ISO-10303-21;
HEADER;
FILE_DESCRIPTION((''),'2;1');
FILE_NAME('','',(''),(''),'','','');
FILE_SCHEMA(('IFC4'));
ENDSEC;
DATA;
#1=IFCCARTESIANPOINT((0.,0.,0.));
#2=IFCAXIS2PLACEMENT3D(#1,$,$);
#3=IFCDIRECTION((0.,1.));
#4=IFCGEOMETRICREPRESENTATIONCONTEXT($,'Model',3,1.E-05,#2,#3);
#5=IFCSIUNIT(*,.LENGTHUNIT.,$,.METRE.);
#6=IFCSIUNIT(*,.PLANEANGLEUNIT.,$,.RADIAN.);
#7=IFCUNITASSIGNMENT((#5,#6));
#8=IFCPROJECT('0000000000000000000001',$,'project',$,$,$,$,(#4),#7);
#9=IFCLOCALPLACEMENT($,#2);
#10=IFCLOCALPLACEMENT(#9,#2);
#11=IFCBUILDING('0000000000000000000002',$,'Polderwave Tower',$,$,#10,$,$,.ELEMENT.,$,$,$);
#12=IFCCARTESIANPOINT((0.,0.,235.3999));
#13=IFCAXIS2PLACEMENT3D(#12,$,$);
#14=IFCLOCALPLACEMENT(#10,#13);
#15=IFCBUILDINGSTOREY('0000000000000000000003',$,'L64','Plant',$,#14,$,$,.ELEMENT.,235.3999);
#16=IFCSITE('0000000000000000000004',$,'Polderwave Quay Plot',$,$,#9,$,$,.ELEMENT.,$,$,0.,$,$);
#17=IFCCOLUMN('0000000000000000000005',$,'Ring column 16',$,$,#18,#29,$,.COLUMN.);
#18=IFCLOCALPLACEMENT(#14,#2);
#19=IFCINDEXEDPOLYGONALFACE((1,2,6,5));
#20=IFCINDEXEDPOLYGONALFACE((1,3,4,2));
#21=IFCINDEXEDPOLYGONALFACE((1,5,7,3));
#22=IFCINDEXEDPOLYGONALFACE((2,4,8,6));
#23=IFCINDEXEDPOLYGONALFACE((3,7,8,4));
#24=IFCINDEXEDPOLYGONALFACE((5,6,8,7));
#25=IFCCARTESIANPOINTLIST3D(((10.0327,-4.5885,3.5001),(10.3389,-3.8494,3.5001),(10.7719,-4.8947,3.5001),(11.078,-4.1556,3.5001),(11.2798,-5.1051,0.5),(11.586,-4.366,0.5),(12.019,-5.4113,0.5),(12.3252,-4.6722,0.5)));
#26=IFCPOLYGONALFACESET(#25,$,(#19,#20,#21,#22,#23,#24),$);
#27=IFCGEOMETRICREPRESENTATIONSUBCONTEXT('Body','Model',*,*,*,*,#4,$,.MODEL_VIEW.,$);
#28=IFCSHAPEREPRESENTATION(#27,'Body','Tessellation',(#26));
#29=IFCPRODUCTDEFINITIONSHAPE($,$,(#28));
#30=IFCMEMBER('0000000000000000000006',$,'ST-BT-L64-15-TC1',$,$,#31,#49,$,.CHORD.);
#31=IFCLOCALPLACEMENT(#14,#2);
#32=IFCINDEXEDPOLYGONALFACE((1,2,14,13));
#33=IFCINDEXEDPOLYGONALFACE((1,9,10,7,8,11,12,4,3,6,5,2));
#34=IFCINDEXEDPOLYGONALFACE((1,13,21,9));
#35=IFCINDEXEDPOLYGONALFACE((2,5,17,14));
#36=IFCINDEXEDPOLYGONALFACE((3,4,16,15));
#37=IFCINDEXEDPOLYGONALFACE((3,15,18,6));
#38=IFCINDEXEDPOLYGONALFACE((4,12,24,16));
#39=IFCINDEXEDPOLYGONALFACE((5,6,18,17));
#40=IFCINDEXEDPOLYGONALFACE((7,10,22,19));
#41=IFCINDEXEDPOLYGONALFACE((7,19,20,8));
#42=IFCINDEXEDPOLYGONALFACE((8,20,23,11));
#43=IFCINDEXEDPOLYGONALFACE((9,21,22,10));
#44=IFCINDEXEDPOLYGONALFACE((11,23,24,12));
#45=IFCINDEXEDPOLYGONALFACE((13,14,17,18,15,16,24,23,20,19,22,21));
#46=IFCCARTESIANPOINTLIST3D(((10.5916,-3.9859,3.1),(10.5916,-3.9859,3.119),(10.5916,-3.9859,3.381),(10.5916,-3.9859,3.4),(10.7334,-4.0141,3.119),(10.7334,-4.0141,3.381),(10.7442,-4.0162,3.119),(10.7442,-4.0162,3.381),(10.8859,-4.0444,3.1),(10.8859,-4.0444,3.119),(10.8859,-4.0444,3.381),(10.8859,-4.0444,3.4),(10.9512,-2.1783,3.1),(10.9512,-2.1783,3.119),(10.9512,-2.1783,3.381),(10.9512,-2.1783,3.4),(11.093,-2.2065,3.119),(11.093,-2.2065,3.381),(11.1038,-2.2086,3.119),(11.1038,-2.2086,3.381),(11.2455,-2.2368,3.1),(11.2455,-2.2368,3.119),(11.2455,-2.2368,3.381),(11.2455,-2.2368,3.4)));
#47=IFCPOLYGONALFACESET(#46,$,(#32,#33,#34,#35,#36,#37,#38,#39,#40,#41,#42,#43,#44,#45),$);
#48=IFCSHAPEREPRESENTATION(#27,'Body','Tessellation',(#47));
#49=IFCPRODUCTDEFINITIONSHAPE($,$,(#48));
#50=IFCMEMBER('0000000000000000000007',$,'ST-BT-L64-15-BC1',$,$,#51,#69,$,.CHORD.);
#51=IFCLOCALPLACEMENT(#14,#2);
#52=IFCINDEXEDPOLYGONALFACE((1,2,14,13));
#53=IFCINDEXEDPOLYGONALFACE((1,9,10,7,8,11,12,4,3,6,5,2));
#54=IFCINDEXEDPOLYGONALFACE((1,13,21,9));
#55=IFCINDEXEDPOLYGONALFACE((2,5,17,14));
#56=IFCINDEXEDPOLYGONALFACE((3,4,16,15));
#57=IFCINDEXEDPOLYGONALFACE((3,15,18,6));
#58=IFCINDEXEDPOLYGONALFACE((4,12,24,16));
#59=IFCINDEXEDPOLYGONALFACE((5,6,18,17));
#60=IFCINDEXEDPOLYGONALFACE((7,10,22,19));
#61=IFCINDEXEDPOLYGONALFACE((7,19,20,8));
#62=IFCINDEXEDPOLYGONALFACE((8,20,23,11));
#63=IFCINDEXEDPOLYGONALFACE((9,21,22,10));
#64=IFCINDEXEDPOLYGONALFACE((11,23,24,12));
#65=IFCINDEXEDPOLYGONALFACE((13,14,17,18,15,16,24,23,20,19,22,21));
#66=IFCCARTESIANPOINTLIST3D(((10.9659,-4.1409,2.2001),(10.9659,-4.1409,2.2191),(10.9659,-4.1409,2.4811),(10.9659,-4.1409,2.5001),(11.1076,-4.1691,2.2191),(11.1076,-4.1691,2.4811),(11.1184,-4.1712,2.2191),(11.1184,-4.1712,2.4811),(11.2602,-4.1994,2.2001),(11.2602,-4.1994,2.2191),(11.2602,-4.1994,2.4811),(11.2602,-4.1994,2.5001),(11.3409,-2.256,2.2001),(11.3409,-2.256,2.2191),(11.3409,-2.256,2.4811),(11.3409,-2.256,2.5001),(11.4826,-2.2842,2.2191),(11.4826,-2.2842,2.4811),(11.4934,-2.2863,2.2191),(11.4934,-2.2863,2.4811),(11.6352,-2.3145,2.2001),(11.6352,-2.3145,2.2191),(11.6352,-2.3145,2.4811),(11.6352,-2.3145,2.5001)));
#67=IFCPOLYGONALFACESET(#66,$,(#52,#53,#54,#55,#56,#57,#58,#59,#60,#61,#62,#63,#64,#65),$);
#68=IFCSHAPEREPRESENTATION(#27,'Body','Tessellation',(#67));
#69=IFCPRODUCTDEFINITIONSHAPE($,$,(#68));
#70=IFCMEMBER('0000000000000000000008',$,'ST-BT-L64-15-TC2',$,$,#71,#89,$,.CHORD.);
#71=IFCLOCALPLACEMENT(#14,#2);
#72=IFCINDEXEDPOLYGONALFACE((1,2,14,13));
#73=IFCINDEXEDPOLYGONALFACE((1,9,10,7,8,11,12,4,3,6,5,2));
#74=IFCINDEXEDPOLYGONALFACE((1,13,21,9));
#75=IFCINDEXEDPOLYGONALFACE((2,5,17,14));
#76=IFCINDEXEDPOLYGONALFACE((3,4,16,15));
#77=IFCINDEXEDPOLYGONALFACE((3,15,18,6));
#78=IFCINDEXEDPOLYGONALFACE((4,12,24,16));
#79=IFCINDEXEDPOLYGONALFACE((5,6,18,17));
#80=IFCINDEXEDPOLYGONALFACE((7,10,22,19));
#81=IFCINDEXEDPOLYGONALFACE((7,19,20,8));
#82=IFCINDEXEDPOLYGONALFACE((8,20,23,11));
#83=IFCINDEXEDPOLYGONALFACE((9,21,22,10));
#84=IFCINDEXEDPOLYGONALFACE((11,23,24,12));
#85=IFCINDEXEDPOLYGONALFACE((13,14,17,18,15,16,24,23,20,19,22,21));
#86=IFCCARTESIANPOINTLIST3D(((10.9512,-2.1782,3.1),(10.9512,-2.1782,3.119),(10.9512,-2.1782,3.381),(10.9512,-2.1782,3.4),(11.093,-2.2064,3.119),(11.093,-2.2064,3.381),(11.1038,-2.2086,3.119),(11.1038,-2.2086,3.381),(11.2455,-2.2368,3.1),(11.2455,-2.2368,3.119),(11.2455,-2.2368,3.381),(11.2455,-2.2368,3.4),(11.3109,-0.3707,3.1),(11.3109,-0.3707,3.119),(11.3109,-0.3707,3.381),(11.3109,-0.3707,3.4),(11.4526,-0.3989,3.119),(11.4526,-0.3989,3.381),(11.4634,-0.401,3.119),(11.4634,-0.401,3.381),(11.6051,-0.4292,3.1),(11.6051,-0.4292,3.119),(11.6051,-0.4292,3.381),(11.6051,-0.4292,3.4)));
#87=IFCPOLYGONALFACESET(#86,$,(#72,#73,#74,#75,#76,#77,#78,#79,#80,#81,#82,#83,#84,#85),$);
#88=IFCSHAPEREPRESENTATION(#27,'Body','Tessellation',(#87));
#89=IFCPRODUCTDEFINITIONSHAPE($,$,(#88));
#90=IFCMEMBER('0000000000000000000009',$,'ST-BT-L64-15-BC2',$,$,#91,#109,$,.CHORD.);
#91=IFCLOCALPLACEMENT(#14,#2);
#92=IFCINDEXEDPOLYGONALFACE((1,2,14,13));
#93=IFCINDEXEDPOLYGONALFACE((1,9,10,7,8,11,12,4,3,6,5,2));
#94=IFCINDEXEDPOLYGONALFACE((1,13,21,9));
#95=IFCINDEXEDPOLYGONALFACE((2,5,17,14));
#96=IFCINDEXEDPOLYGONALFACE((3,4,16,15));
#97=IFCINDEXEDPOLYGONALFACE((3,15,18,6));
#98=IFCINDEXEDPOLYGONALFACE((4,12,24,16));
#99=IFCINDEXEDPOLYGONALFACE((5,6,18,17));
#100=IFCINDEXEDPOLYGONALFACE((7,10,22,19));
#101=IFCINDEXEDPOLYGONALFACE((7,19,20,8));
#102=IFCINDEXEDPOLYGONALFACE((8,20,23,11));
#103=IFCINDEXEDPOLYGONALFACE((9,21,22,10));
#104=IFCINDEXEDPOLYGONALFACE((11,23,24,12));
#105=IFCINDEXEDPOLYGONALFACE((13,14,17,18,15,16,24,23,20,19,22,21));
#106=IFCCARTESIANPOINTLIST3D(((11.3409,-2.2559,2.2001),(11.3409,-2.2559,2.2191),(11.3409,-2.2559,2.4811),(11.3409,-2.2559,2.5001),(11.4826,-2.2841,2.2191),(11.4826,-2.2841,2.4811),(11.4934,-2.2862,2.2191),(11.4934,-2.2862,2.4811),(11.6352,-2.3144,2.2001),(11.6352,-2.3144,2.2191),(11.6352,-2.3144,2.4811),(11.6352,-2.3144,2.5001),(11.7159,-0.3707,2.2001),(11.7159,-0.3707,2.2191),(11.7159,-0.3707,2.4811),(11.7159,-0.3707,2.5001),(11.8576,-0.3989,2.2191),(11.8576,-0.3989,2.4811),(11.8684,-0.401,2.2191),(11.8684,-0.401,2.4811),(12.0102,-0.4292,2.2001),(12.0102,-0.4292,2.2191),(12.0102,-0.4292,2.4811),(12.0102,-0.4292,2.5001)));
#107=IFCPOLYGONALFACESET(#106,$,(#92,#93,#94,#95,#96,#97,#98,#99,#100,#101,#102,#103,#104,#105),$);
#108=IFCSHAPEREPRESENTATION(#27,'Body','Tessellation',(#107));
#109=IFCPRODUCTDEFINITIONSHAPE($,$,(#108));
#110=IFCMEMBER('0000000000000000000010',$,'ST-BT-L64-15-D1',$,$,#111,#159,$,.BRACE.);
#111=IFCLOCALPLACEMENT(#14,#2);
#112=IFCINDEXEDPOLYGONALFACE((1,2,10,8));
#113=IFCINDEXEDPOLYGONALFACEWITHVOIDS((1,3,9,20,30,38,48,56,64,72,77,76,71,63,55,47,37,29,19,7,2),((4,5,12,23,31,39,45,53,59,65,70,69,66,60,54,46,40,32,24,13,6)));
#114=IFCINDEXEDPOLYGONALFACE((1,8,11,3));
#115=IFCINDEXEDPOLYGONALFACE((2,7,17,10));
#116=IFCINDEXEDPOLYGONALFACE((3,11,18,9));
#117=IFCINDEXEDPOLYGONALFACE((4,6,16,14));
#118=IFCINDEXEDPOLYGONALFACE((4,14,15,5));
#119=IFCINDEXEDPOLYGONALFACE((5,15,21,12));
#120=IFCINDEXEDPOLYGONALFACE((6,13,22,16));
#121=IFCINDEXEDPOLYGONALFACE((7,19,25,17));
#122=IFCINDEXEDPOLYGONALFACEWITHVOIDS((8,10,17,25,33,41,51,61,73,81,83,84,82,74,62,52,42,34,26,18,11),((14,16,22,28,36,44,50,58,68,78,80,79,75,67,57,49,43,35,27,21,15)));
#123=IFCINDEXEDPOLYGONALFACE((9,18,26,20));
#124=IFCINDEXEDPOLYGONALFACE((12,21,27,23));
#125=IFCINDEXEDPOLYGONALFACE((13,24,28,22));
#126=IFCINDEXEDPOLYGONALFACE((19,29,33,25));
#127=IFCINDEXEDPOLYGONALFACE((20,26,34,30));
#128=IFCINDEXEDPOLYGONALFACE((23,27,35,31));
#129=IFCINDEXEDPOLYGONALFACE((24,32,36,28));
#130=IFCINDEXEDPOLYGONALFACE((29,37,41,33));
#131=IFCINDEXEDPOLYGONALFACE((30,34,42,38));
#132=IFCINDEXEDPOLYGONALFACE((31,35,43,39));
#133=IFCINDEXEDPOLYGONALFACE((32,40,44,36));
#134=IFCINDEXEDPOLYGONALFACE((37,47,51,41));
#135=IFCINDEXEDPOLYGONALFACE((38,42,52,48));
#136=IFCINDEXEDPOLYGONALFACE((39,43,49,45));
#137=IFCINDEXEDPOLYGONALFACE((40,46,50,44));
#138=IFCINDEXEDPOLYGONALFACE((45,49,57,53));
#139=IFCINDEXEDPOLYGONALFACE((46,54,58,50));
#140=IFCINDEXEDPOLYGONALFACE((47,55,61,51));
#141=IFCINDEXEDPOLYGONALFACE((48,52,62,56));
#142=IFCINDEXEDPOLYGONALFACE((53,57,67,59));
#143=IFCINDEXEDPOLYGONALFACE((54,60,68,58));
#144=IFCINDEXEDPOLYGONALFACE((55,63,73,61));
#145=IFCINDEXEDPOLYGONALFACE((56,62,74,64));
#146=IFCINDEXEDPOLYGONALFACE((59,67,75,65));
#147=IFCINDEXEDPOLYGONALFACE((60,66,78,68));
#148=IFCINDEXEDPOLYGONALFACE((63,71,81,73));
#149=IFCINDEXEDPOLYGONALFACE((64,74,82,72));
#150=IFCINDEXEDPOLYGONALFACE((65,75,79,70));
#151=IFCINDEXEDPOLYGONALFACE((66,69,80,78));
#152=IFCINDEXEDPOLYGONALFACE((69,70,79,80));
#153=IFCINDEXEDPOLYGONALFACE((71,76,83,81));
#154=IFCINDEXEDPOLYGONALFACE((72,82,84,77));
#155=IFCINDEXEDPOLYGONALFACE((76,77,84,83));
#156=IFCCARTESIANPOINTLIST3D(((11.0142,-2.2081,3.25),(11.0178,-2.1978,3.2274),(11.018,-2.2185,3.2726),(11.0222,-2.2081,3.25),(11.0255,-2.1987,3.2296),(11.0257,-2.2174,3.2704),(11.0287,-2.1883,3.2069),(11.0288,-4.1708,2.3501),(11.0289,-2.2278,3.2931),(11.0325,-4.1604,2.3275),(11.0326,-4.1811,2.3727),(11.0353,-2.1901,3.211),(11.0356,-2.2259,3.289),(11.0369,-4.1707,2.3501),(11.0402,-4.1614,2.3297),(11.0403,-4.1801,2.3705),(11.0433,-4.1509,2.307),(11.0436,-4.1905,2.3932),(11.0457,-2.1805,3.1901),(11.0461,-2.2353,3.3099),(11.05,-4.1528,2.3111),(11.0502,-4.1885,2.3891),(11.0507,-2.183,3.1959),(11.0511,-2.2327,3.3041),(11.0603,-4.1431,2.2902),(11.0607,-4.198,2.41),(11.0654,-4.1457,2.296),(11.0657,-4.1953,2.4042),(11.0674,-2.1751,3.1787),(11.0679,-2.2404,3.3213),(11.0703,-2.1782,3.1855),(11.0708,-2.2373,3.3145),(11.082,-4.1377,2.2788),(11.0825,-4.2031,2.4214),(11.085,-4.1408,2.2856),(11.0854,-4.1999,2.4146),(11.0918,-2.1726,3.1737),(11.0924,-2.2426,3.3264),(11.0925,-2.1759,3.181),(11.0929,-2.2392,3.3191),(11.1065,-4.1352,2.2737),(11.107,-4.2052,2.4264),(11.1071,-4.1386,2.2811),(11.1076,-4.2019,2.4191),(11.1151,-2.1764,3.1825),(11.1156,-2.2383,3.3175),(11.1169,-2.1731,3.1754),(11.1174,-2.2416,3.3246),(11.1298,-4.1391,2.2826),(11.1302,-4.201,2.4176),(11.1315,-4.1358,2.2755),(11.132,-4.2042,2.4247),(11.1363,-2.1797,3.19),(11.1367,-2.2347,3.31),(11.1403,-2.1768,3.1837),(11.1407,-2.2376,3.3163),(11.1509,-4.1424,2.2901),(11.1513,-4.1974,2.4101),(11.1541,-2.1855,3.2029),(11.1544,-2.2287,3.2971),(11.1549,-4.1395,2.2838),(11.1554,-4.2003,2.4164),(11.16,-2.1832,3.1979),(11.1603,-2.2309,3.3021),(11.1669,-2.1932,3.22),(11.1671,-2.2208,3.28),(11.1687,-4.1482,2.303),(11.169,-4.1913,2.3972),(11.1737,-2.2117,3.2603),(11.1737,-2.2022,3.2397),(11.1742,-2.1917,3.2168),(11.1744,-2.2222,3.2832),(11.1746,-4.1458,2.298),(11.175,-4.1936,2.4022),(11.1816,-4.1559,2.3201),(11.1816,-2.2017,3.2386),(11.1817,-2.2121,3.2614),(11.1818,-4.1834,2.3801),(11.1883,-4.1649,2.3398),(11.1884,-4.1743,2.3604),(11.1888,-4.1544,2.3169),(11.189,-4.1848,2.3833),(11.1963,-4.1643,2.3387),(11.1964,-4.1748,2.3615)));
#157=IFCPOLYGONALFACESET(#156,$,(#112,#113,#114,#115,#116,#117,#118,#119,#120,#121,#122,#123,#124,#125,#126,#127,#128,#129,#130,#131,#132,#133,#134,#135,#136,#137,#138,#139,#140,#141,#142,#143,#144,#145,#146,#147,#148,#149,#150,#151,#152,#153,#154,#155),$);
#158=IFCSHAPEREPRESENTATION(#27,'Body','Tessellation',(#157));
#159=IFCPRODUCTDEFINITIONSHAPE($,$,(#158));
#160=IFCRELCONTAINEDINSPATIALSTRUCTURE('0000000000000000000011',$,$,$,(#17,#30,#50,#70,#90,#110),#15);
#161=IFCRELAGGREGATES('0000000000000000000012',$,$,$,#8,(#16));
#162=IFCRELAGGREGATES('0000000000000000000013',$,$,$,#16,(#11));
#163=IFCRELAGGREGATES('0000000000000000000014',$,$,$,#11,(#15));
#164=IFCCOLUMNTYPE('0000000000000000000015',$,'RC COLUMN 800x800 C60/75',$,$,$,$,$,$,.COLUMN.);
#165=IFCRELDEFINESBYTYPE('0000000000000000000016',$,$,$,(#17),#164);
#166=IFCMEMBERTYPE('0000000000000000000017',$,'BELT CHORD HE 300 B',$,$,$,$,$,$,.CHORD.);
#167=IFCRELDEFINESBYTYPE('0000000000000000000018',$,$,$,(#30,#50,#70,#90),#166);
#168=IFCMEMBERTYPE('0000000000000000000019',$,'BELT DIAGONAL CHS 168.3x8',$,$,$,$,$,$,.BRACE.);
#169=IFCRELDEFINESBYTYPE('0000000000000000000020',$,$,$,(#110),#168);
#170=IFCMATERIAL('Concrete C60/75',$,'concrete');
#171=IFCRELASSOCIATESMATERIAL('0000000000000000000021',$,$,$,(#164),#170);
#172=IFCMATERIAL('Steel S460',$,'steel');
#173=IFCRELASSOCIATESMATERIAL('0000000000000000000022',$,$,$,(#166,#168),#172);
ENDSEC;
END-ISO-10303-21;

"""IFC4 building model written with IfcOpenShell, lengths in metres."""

from ifc_helpers import new_model, si_unit, direction, frame, origin, origin_2d, place, context, subcontext, project, spatial, rectangle, hollow_circle, i_section, extrude, material, material_profile, profile_set, type_object, element, save


model = new_model("IFC4")

# Units and contexts
model_context = context("Model", 3, precision=1e-05, world=origin(), true_north=direction((0.0, 1.0)))
body_context = subcontext(model_context, "Body", "Model", "MODEL_VIEW")
ifc_project = project(units=[si_unit("LENGTHUNIT", "METRE"), si_unit("PLANEANGLEUNIT", "RADIAN")], contexts=[model_context])

# Site, building, storey
site_placement = place(None, origin())
site = spatial("IfcSite", under=ifc_project, at=site_placement, Name="Polderwave Quay Plot", CompositionType="ELEMENT", RefElevation=0.0)
building_placement = place(site_placement, origin())
building = spatial("IfcBuilding", under=site, at=building_placement, Name="Polderwave Tower", CompositionType="ELEMENT")
storey_placement = place(building_placement, frame((0.0, 0.0, 235.3999)))
storey = spatial("IfcBuildingStorey", under=building, at=storey_placement, Name="L64", Description="Plant", CompositionType="ELEMENT", Elevation=235.3999)

# Column
ifc_material_1 = material(Name="Concrete C60/75", Category="concrete")
ifc_material_profile_1 = material_profile(ifc_material_1, rectangle(XDim=0.8, YDim=0.8, at=origin_2d()), Name="RC 800x800")
ifc_profile_set_1 = profile_set([ifc_material_profile_1], Name="Concrete C60/75")
column_type = type_object("IfcColumnType", Name="RC COLUMN 800x800 C60/75", PredefinedType="COLUMN", material=ifc_profile_set_1)
column_placement = place(storey_placement, frame((11.8025, -4.8887, 0.5), z_axis=(0.0, 0.0, 1.0), x_axis=(-0.382714, -0.923867, 0.0)))
element("IfcColumn", 1, at=column_placement, inside=storey, type_object=column_type, Name="Ring column 16", PredefinedType="COLUMN", context=body_context, shape_type="SweptSolid", body=[
    extrude(rectangle(XDim=0.8, YDim=0.8, at=origin_2d()), origin(), (0.0, -0.410324, 0.91194), 3.2898),
])

# Members
ifc_material_2 = material(Name="Steel S460", Category="steel")
ifc_material_profile_2 = material_profile(ifc_material_2, i_section(OverallWidth=0.3, OverallDepth=0.3, WebThickness=0.011, FlangeThickness=0.019, at=origin_2d()), Name="HE 300 B")
ifc_profile_set_2 = profile_set([ifc_material_profile_2], Name="Steel S460")
member_type_1 = type_object("IfcMemberType", Name="BELT CHORD HE 300 B", PredefinedType="CHORD", material=ifc_profile_set_2)
member_1_placement = place(storey_placement, frame((10.7388, -4.0151, 3.25), z_axis=(0.195123, 0.980779, 0.0), x_axis=(-0.980779, 0.195123, 0.0)))
element("IfcMember", 2, at=member_1_placement, inside=storey, type_object=member_type_1, Name="ST-BT-L64-15-TC1", PredefinedType="CHORD", context=body_context, shape_type="SweptSolid", body=[
    extrude(i_section(OverallWidth=0.3, OverallDepth=0.3, WebThickness=0.011, FlangeThickness=0.019, at=origin_2d()), origin(), (0.0, 0.0, 1.0), 1.843),
])
member_2_placement = place(storey_placement, frame((11.113, -4.1702, 2.3501), z_axis=(0.195114, 0.98078, 0.0), x_axis=(-0.98078, 0.195114, 0.0)))
element("IfcMember", 3, at=member_2_placement, inside=storey, type_object=member_type_1, Name="ST-BT-L64-15-BC1", PredefinedType="CHORD", context=body_context, shape_type="SweptSolid", body=[
    extrude(i_section(OverallWidth=0.3, OverallDepth=0.3, WebThickness=0.011, FlangeThickness=0.019, at=origin_2d()), origin(), (0.0, 0.0, 1.0), 1.9219),
])
member_3_placement = place(storey_placement, frame((11.0984, -2.2075, 3.25), z_axis=(0.195123, 0.980779, 0.0), x_axis=(-0.980779, 0.195123, 0.0)))
element("IfcMember", 4, at=member_3_placement, inside=storey, type_object=member_type_1, Name="ST-BT-L64-15-TC2", PredefinedType="CHORD", context=body_context, shape_type="SweptSolid", body=[
    extrude(i_section(OverallWidth=0.3, OverallDepth=0.3, WebThickness=0.011, FlangeThickness=0.019, at=origin_2d()), origin(), (0.0, 0.0, 1.0), 1.843),
])
member_4_placement = place(storey_placement, frame((11.488, -2.2852, 2.3501), z_axis=(0.19509, 0.980785, 0.0), x_axis=(-0.980785, 0.19509, 0.0)))
element("IfcMember", 5, at=member_4_placement, inside=storey, type_object=member_type_1, Name="ST-BT-L64-15-BC2", PredefinedType="CHORD", context=body_context, shape_type="SweptSolid", body=[
    extrude(i_section(OverallWidth=0.3, OverallDepth=0.3, WebThickness=0.011, FlangeThickness=0.019, at=origin_2d()), origin(), (0.0, 0.0, 1.0), 1.9221),
])
ifc_material_profile_3 = material_profile(ifc_material_2, hollow_circle(Radius=0.0842, WallThickness=0.0081, at=origin_2d()), Name="CHS 168.3x8")
ifc_profile_set_3 = profile_set([ifc_material_profile_3], Name="Steel S460")
member_type_2 = type_object("IfcMemberType", Name="BELT DIAGONAL CHS 168.3x8", PredefinedType="BRACE", material=ifc_profile_set_3)
for number, where, z_axis, x_axis, name in (
    (6, (11.113, -4.1702, 2.3501), (-0.006784, 0.908981, 0.416781), (-0.999972, -0.007463, 0.0), "ST-BT-L64-15-D1"),
):
    element("IfcMember", number, at=place(storey_placement, frame(where, z_axis=z_axis, x_axis=x_axis)), inside=storey, type_object=member_type_2, Name=name, PredefinedType="BRACE", context=body_context, shape_type="SweptSolid", body=[
        extrude(hollow_circle(Radius=0.0842, WallThickness=0.0081, at=origin_2d()), origin(), (0.0, 0.0, 1.0), 2.1592),
    ])

save(model, "model.ifc")
